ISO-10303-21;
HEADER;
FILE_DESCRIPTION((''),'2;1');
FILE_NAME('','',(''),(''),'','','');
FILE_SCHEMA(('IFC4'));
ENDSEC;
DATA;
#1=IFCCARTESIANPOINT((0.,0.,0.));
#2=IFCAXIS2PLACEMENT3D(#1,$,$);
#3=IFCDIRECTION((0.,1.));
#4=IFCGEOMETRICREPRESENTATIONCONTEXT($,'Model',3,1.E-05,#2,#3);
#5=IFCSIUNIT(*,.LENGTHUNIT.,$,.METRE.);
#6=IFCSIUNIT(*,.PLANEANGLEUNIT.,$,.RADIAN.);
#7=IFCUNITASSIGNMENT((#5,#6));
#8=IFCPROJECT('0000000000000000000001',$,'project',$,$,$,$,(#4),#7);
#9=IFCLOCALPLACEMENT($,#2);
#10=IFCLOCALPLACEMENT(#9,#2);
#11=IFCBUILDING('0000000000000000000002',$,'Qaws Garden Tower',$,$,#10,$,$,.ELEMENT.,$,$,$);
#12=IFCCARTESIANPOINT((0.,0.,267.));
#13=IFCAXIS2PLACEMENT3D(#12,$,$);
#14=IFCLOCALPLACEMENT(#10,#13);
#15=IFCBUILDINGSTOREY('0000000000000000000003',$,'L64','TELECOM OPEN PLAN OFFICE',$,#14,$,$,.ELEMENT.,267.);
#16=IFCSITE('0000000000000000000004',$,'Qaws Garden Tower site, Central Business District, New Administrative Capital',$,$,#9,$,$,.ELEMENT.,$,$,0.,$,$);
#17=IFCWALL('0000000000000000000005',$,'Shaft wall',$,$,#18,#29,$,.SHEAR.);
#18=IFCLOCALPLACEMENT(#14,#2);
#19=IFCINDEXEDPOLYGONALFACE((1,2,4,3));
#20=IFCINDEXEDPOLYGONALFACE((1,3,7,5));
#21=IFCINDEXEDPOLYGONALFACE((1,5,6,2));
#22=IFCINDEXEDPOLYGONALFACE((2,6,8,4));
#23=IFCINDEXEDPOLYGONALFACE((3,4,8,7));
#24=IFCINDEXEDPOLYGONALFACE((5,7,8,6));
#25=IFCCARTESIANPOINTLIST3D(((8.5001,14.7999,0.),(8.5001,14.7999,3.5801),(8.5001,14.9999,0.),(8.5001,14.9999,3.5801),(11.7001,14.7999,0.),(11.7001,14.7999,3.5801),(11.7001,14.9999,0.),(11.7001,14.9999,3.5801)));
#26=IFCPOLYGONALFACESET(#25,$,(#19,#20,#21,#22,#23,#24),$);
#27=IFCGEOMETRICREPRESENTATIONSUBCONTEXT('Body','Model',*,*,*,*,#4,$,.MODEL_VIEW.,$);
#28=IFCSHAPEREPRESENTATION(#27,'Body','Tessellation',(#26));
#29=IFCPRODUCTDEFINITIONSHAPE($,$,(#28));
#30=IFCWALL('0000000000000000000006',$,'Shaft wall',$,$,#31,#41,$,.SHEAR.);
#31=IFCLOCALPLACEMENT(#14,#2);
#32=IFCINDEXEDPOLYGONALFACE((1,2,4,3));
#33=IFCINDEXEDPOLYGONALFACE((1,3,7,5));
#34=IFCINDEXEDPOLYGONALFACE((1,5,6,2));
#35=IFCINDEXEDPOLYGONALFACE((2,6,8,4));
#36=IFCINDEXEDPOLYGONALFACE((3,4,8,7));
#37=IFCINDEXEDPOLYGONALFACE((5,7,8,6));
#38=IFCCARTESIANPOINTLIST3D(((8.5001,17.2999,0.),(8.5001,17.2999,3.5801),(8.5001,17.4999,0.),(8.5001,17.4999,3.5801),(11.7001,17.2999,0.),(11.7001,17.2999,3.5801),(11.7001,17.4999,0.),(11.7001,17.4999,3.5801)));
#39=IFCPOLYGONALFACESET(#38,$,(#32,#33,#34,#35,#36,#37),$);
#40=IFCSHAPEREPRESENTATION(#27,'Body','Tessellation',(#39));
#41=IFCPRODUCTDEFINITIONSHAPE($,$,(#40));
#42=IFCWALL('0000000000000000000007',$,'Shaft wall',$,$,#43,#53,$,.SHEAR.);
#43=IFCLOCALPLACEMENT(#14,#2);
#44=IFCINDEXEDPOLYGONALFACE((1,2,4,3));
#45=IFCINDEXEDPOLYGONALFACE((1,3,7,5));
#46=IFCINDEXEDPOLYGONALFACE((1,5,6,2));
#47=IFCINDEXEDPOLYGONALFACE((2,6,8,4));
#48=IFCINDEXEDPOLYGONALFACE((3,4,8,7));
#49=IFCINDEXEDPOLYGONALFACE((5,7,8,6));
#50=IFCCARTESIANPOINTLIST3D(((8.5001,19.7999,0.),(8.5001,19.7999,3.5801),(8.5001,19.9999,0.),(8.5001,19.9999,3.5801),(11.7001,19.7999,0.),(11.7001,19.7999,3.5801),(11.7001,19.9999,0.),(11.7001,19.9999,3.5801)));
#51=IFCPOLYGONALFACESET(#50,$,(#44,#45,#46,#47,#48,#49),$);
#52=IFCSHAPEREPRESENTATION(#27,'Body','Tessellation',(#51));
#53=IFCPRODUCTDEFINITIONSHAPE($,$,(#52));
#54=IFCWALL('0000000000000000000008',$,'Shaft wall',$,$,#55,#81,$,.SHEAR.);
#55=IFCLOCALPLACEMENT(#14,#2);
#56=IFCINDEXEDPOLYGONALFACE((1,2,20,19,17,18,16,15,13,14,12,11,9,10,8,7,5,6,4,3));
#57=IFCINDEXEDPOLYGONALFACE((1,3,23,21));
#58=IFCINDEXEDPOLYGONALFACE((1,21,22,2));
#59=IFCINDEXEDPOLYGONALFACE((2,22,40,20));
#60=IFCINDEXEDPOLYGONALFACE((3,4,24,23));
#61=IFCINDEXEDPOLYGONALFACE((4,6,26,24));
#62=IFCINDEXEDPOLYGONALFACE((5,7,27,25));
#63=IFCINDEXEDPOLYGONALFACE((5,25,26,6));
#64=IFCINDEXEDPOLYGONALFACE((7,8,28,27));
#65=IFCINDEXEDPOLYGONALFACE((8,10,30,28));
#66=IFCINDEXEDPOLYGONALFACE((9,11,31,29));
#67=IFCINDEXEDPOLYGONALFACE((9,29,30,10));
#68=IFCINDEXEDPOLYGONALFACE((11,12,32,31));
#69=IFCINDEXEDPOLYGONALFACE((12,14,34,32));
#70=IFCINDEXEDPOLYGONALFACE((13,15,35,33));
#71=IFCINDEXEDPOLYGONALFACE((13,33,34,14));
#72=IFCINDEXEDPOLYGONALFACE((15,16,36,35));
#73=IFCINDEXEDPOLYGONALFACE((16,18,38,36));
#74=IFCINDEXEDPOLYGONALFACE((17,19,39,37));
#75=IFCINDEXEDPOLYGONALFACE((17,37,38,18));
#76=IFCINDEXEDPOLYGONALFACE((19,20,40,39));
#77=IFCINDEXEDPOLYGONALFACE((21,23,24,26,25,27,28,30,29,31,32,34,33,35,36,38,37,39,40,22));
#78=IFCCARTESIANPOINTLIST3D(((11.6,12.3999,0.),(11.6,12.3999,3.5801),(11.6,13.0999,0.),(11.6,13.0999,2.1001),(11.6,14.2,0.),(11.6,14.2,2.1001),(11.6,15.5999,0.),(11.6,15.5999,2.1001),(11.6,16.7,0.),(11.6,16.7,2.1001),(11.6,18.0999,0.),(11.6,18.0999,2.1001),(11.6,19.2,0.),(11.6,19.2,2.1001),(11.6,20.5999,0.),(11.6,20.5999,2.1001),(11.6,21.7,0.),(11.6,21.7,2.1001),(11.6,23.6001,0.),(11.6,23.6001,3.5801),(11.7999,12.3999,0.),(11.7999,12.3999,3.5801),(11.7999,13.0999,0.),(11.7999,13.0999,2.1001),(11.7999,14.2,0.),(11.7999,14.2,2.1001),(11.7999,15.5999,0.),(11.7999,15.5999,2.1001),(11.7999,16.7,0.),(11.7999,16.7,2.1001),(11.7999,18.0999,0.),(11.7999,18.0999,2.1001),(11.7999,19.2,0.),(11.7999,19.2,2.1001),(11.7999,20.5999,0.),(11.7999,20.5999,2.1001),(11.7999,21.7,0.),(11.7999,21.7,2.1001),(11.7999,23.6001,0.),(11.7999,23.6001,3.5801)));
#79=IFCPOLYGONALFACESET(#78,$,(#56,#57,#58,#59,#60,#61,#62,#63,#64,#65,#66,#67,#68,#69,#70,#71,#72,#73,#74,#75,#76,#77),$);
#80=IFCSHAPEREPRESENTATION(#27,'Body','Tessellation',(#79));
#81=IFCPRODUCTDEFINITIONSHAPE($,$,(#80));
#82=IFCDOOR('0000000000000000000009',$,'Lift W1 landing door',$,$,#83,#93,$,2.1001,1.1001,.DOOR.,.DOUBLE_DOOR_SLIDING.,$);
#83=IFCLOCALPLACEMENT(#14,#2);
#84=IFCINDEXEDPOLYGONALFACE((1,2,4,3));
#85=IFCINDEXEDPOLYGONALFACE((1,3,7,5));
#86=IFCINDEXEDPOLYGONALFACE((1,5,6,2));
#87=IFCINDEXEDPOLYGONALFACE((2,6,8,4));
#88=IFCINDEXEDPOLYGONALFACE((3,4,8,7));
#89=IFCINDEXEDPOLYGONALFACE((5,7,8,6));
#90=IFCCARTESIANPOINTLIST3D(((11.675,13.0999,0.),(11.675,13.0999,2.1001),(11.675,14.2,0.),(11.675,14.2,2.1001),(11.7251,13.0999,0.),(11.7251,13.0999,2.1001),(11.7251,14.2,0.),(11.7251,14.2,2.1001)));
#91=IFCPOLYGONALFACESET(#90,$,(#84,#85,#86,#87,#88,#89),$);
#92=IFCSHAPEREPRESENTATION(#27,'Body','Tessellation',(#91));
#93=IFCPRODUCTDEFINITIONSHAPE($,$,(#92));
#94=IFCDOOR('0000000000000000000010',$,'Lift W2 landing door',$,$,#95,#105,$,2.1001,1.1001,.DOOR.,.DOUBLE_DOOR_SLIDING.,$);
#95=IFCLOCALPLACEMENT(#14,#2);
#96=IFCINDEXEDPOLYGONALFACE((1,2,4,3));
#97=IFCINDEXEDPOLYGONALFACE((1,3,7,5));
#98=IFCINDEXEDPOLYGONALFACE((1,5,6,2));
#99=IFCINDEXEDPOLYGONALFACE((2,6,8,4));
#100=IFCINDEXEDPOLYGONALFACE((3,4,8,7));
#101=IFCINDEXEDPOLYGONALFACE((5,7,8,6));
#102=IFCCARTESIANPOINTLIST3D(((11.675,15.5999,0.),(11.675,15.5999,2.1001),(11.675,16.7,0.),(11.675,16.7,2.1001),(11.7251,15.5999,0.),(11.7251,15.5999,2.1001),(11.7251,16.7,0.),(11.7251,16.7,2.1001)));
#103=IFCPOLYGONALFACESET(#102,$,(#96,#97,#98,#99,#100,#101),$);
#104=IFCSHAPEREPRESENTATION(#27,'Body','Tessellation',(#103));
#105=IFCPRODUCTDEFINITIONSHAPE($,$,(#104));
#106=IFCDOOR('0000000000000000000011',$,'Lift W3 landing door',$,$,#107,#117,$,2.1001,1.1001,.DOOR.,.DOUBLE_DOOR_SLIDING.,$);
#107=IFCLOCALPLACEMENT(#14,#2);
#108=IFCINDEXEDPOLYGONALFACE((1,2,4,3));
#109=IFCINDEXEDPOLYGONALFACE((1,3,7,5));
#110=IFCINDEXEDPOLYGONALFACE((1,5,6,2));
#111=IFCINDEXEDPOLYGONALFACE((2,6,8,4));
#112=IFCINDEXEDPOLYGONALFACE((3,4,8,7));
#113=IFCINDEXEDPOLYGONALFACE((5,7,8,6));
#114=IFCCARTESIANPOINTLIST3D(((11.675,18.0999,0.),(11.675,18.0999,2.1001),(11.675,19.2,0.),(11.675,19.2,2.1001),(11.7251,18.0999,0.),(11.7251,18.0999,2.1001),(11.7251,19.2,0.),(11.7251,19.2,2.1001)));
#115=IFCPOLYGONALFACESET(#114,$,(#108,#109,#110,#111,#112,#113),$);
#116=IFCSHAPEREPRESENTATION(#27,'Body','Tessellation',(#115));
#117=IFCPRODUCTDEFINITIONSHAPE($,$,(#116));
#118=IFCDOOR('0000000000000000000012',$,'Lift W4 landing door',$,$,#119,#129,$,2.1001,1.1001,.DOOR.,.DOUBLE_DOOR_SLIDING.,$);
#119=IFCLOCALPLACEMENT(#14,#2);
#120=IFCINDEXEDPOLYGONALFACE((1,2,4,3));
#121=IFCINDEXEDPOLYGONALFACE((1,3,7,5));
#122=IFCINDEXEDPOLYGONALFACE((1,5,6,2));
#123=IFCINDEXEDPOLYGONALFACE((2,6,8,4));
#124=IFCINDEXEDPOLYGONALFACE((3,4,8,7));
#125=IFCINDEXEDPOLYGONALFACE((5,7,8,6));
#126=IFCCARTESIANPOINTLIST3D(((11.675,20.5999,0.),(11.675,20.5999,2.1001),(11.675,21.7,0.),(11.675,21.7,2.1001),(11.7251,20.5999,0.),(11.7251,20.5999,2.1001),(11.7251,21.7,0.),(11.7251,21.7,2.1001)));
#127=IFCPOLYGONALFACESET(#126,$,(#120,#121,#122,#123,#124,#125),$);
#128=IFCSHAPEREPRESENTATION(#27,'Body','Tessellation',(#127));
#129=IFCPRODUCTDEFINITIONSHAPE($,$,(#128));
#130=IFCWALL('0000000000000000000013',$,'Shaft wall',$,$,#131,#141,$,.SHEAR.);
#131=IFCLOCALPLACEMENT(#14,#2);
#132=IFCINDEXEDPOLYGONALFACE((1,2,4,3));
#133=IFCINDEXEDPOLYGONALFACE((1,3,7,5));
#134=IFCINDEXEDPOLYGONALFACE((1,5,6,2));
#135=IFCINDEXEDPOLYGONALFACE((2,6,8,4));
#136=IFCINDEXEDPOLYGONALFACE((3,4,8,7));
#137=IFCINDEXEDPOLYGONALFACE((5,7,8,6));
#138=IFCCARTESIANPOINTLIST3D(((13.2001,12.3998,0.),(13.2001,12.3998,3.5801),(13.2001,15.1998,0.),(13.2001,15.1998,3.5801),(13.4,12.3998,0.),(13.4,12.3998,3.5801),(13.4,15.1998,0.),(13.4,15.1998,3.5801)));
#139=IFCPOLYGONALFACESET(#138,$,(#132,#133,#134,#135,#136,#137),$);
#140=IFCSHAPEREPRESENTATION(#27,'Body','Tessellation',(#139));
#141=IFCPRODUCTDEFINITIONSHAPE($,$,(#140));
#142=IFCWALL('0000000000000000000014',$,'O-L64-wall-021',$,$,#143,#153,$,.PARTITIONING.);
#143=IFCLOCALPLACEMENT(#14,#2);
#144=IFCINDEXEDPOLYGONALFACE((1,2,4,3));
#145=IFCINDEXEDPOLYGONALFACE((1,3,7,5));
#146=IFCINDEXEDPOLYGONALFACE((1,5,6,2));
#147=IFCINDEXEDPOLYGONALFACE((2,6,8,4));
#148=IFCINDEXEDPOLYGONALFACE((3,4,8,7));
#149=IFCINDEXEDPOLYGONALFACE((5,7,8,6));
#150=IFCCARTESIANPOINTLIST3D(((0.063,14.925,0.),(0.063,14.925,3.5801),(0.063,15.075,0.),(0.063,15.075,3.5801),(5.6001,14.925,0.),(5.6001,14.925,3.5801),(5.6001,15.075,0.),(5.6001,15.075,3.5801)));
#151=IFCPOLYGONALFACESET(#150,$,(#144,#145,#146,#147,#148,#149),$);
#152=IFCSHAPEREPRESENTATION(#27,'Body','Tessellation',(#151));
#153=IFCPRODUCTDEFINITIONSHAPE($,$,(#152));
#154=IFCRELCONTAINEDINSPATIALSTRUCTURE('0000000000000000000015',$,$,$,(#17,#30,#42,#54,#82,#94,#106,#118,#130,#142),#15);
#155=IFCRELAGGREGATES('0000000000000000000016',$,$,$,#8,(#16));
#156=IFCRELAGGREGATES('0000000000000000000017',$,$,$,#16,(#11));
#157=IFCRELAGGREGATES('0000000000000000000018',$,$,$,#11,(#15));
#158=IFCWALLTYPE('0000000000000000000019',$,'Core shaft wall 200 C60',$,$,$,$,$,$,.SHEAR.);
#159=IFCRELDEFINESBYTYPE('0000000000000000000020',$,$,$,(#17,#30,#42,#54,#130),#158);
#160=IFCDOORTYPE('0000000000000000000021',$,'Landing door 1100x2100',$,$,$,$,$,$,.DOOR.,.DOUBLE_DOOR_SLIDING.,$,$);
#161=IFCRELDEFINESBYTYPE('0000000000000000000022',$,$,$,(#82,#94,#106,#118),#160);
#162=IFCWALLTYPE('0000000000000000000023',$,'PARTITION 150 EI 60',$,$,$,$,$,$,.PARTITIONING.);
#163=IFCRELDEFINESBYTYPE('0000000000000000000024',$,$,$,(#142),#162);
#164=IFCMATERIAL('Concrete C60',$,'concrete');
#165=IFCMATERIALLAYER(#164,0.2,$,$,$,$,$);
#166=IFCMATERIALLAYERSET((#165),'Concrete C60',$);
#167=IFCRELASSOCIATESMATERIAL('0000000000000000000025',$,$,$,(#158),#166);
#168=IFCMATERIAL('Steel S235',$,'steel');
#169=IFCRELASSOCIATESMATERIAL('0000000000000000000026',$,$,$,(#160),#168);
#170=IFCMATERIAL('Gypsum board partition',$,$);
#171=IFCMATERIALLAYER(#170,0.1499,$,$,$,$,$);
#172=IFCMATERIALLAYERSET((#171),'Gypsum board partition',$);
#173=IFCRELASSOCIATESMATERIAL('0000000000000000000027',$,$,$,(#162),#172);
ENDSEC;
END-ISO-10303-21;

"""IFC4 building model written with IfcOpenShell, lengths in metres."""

from ifc_helpers import new_model, si_unit, direction, frame, frame_2d, origin, place, context, subcontext, project, spatial, rectangle, extrude, material, layer, layer_set, type_object, element, fill, save


model = new_model("IFC4")

# Units and contexts
model_context = context("Model", 3, precision=1e-05, world=origin(), true_north=direction((0.0, 1.0)))
body_context = subcontext(model_context, "Body", "Model", "MODEL_VIEW")
ifc_project = project(units=[si_unit("LENGTHUNIT", "METRE"), si_unit("PLANEANGLEUNIT", "RADIAN")], contexts=[model_context])

# Site, building, storey
site_placement = place(None, origin())
site = spatial("IfcSite", under=ifc_project, at=site_placement, Name="Qaws Garden Tower site, Central Business District, New Administrative Capital", CompositionType="ELEMENT", RefElevation=0.0)
building_placement = place(site_placement, origin())
building = spatial("IfcBuilding", under=site, at=building_placement, Name="Qaws Garden Tower", CompositionType="ELEMENT")
storey_placement = place(building_placement, frame((0.0, 0.0, 267.0)))
storey = spatial("IfcBuildingStorey", under=building, at=storey_placement, Name="L64", Description="TELECOM OPEN PLAN OFFICE", CompositionType="ELEMENT", Elevation=267.0)

# Walls
ifc_material_1 = material(Name="Concrete C60", Category="concrete")
ifc_layer_1 = layer(ifc_material_1, 0.2)
ifc_layer_set_1 = layer_set([ifc_layer_1], Name="Concrete C60")
wall_type_1 = type_object("IfcWallType", Name="Core shaft wall 200 C60", PredefinedType="SHEAR", material=ifc_layer_set_1)
for number, where, z_axis, x_axis, name in (
    (1, (8.5, 14.8999, 0.0), (0.0, 0.0, 1.0), (1.0, 0.0, 0.0), "Shaft wall"),
    (2, (8.5, 17.3999, 0.0), (0.0, 0.0, 1.0), (1.0, 0.0, 0.0), "Shaft wall"),
    (3, (8.5, 19.8999, 0.0), (0.0, 0.0, 1.0), (1.0, 0.0, 0.0), "Shaft wall"),
):
    element("IfcWall", number, at=place(storey_placement, frame(where, z_axis=z_axis, x_axis=x_axis)), inside=storey, type_object=wall_type_1, Name=name, PredefinedType="SHEAR", context=body_context, shape_type="SweptSolid", body=[
        extrude(rectangle(XDim=3.2, YDim=0.2, at=frame_2d((1.6001, 0.0))), origin(), (0.0, 0.0, 1.0), 3.5801),
    ])

# Wall, openings, doors
wall_1_placement = place(storey_placement, frame((11.7, 12.3999, 0.0), z_axis=(0.0, 0.0, 1.0), x_axis=(0.0, 1.0, 0.0)))
wall_1 = element("IfcWall", 4, at=wall_1_placement, inside=storey, type_object=wall_type_1, Name="Shaft wall", PredefinedType="SHEAR", context=body_context, shape_type="SweptSolid", body=[
    extrude(rectangle(XDim=11.2002, YDim=0.2, at=frame_2d((5.6001, 0.0))), origin(), (0.0, 0.0, 1.0), 3.5801),
])
opening_1_placement = place(wall_1_placement, frame((0.7, 0.0, 0.0)))
opening_1 = element("IfcOpeningElement", 5, at=opening_1_placement, cuts=wall_1, PredefinedType="OPENING", context=body_context, shape_type="SweptSolid", body=[
    extrude(rectangle(XDim=1.1001, YDim=2.1001, at=frame_2d((0.55, 1.05))), frame((0.0, 0.1099, 0.0), z_axis=(0.0, -1.0, 0.0), x_axis=(1.0, 0.0, 0.0)), (0.0, 0.0, 1.0), 0.22),
])
opening_2_placement = place(wall_1_placement, frame((3.2, 0.0, 0.0)))
opening_2 = element("IfcOpeningElement", 6, at=opening_2_placement, cuts=wall_1, PredefinedType="OPENING", context=body_context, shape_type="SweptSolid", body=[
    extrude(rectangle(XDim=1.1001, YDim=2.1001, at=frame_2d((0.55, 1.05))), frame((0.0, 0.1099, 0.0), z_axis=(0.0, -1.0, 0.0), x_axis=(1.0, 0.0, 0.0)), (0.0, 0.0, 1.0), 0.22),
])
opening_3_placement = place(wall_1_placement, frame((5.7, 0.0, 0.0)))
opening_3 = element("IfcOpeningElement", 7, at=opening_3_placement, cuts=wall_1, PredefinedType="OPENING", context=body_context, shape_type="SweptSolid", body=[
    extrude(rectangle(XDim=1.1001, YDim=2.1001, at=frame_2d((0.55, 1.05))), frame((0.0, 0.1099, 0.0), z_axis=(0.0, -1.0, 0.0), x_axis=(1.0, 0.0, 0.0)), (0.0, 0.0, 1.0), 0.22),
])
opening_4_placement = place(wall_1_placement, frame((8.2, 0.0, 0.0)))
opening_4 = element("IfcOpeningElement", 8, at=opening_4_placement, cuts=wall_1, PredefinedType="OPENING", context=body_context, shape_type="SweptSolid", body=[
    extrude(rectangle(XDim=1.1001, YDim=2.1001, at=frame_2d((0.55, 1.05))), frame((0.0, 0.1099, 0.0), z_axis=(0.0, -1.0, 0.0), x_axis=(1.0, 0.0, 0.0)), (0.0, 0.0, 1.0), 0.22),
])
ifc_material_2 = material(Name="Steel S235", Category="steel")
door_type = type_object("IfcDoorType", Name="Landing door 1100x2100", OperationType="DOUBLE_DOOR_SLIDING", PredefinedType="DOOR", material=ifc_material_2)
door_1_placement = place(opening_1_placement, origin())
door_1 = element("IfcDoor", 9, at=door_1_placement, inside=storey, type_object=door_type, Name="Lift W1 landing door", OperationType="DOUBLE_DOOR_SLIDING", OverallHeight=2.1001, OverallWidth=1.1001, PredefinedType="DOOR", context=body_context, shape_type="SweptSolid", body=[
    extrude(rectangle(XDim=1.1001, YDim=2.1001, at=frame_2d((0.55, 1.05))), frame((0.0, 0.0249, 0.0), z_axis=(0.0, -1.0, 0.0), x_axis=(1.0, 0.0, 0.0)), (0.0, 0.0, 1.0), 0.05),
])
fill(opening_1, door_1)
door_2_placement = place(opening_2_placement, origin())
door_2 = element("IfcDoor", 10, at=door_2_placement, inside=storey, type_object=door_type, Name="Lift W2 landing door", OperationType="DOUBLE_DOOR_SLIDING", OverallHeight=2.1001, OverallWidth=1.1001, PredefinedType="DOOR", context=body_context, shape_type="SweptSolid", body=[
    extrude(rectangle(XDim=1.1001, YDim=2.1001, at=frame_2d((0.55, 1.05))), frame((0.0, 0.0249, 0.0), z_axis=(0.0, -1.0, 0.0), x_axis=(1.0, 0.0, 0.0)), (0.0, 0.0, 1.0), 0.05),
])
fill(opening_2, door_2)
door_3_placement = place(opening_3_placement, origin())
door_3 = element("IfcDoor", 11, at=door_3_placement, inside=storey, type_object=door_type, Name="Lift W3 landing door", OperationType="DOUBLE_DOOR_SLIDING", OverallHeight=2.1001, OverallWidth=1.1001, PredefinedType="DOOR", context=body_context, shape_type="SweptSolid", body=[
    extrude(rectangle(XDim=1.1001, YDim=2.1001, at=frame_2d((0.55, 1.05))), frame((0.0, 0.0249, 0.0), z_axis=(0.0, -1.0, 0.0), x_axis=(1.0, 0.0, 0.0)), (0.0, 0.0, 1.0), 0.05),
])
fill(opening_3, door_3)
door_4_placement = place(opening_4_placement, origin())
door_4 = element("IfcDoor", 12, at=door_4_placement, inside=storey, type_object=door_type, Name="Lift W4 landing door", OperationType="DOUBLE_DOOR_SLIDING", OverallHeight=2.1001, OverallWidth=1.1001, PredefinedType="DOOR", context=body_context, shape_type="SweptSolid", body=[
    extrude(rectangle(XDim=1.1001, YDim=2.1001, at=frame_2d((0.55, 1.05))), frame((0.0, 0.0249, 0.0), z_axis=(0.0, -1.0, 0.0), x_axis=(1.0, 0.0, 0.0)), (0.0, 0.0, 1.0), 0.05),
])
fill(opening_4, door_4)

# Walls
wall_2_placement = place(storey_placement, frame((13.3, 12.3999, 0.0), z_axis=(0.0, 0.0, 1.0), x_axis=(0.0, 1.0, 0.0)))
element("IfcWall", 13, at=wall_2_placement, inside=storey, type_object=wall_type_1, Name="Shaft wall", PredefinedType="SHEAR", context=body_context, shape_type="SweptSolid", body=[
    extrude(rectangle(XDim=2.8, YDim=0.2, at=frame_2d((1.3999, 0.0))), origin(), (0.0, 0.0, 1.0), 3.5801),
])
ifc_material_3 = material(Name="Gypsum board partition")
ifc_layer_2 = layer(ifc_material_3, 0.1499)
ifc_layer_set_2 = layer_set([ifc_layer_2], Name="Gypsum board partition")
wall_type_2 = type_object("IfcWallType", Name="PARTITION 150 EI 60", PredefinedType="PARTITIONING", material=ifc_layer_set_2)
wall_3_placement = place(storey_placement, frame((0.063, 15.0, 0.0), z_axis=(0.0, 0.0, 1.0), x_axis=(1.0, 0.0, 0.0)))
element("IfcWall", 14, at=wall_3_placement, inside=storey, type_object=wall_type_2, Name="O-L64-wall-021", PredefinedType="PARTITIONING", context=body_context, shape_type="SweptSolid", body=[
    extrude(rectangle(XDim=5.5371, YDim=0.1499, at=frame_2d((2.7686, 0.0))), origin(), (0.0, 0.0, 1.0), 3.5801),
])

save(model, "model.ifc")
